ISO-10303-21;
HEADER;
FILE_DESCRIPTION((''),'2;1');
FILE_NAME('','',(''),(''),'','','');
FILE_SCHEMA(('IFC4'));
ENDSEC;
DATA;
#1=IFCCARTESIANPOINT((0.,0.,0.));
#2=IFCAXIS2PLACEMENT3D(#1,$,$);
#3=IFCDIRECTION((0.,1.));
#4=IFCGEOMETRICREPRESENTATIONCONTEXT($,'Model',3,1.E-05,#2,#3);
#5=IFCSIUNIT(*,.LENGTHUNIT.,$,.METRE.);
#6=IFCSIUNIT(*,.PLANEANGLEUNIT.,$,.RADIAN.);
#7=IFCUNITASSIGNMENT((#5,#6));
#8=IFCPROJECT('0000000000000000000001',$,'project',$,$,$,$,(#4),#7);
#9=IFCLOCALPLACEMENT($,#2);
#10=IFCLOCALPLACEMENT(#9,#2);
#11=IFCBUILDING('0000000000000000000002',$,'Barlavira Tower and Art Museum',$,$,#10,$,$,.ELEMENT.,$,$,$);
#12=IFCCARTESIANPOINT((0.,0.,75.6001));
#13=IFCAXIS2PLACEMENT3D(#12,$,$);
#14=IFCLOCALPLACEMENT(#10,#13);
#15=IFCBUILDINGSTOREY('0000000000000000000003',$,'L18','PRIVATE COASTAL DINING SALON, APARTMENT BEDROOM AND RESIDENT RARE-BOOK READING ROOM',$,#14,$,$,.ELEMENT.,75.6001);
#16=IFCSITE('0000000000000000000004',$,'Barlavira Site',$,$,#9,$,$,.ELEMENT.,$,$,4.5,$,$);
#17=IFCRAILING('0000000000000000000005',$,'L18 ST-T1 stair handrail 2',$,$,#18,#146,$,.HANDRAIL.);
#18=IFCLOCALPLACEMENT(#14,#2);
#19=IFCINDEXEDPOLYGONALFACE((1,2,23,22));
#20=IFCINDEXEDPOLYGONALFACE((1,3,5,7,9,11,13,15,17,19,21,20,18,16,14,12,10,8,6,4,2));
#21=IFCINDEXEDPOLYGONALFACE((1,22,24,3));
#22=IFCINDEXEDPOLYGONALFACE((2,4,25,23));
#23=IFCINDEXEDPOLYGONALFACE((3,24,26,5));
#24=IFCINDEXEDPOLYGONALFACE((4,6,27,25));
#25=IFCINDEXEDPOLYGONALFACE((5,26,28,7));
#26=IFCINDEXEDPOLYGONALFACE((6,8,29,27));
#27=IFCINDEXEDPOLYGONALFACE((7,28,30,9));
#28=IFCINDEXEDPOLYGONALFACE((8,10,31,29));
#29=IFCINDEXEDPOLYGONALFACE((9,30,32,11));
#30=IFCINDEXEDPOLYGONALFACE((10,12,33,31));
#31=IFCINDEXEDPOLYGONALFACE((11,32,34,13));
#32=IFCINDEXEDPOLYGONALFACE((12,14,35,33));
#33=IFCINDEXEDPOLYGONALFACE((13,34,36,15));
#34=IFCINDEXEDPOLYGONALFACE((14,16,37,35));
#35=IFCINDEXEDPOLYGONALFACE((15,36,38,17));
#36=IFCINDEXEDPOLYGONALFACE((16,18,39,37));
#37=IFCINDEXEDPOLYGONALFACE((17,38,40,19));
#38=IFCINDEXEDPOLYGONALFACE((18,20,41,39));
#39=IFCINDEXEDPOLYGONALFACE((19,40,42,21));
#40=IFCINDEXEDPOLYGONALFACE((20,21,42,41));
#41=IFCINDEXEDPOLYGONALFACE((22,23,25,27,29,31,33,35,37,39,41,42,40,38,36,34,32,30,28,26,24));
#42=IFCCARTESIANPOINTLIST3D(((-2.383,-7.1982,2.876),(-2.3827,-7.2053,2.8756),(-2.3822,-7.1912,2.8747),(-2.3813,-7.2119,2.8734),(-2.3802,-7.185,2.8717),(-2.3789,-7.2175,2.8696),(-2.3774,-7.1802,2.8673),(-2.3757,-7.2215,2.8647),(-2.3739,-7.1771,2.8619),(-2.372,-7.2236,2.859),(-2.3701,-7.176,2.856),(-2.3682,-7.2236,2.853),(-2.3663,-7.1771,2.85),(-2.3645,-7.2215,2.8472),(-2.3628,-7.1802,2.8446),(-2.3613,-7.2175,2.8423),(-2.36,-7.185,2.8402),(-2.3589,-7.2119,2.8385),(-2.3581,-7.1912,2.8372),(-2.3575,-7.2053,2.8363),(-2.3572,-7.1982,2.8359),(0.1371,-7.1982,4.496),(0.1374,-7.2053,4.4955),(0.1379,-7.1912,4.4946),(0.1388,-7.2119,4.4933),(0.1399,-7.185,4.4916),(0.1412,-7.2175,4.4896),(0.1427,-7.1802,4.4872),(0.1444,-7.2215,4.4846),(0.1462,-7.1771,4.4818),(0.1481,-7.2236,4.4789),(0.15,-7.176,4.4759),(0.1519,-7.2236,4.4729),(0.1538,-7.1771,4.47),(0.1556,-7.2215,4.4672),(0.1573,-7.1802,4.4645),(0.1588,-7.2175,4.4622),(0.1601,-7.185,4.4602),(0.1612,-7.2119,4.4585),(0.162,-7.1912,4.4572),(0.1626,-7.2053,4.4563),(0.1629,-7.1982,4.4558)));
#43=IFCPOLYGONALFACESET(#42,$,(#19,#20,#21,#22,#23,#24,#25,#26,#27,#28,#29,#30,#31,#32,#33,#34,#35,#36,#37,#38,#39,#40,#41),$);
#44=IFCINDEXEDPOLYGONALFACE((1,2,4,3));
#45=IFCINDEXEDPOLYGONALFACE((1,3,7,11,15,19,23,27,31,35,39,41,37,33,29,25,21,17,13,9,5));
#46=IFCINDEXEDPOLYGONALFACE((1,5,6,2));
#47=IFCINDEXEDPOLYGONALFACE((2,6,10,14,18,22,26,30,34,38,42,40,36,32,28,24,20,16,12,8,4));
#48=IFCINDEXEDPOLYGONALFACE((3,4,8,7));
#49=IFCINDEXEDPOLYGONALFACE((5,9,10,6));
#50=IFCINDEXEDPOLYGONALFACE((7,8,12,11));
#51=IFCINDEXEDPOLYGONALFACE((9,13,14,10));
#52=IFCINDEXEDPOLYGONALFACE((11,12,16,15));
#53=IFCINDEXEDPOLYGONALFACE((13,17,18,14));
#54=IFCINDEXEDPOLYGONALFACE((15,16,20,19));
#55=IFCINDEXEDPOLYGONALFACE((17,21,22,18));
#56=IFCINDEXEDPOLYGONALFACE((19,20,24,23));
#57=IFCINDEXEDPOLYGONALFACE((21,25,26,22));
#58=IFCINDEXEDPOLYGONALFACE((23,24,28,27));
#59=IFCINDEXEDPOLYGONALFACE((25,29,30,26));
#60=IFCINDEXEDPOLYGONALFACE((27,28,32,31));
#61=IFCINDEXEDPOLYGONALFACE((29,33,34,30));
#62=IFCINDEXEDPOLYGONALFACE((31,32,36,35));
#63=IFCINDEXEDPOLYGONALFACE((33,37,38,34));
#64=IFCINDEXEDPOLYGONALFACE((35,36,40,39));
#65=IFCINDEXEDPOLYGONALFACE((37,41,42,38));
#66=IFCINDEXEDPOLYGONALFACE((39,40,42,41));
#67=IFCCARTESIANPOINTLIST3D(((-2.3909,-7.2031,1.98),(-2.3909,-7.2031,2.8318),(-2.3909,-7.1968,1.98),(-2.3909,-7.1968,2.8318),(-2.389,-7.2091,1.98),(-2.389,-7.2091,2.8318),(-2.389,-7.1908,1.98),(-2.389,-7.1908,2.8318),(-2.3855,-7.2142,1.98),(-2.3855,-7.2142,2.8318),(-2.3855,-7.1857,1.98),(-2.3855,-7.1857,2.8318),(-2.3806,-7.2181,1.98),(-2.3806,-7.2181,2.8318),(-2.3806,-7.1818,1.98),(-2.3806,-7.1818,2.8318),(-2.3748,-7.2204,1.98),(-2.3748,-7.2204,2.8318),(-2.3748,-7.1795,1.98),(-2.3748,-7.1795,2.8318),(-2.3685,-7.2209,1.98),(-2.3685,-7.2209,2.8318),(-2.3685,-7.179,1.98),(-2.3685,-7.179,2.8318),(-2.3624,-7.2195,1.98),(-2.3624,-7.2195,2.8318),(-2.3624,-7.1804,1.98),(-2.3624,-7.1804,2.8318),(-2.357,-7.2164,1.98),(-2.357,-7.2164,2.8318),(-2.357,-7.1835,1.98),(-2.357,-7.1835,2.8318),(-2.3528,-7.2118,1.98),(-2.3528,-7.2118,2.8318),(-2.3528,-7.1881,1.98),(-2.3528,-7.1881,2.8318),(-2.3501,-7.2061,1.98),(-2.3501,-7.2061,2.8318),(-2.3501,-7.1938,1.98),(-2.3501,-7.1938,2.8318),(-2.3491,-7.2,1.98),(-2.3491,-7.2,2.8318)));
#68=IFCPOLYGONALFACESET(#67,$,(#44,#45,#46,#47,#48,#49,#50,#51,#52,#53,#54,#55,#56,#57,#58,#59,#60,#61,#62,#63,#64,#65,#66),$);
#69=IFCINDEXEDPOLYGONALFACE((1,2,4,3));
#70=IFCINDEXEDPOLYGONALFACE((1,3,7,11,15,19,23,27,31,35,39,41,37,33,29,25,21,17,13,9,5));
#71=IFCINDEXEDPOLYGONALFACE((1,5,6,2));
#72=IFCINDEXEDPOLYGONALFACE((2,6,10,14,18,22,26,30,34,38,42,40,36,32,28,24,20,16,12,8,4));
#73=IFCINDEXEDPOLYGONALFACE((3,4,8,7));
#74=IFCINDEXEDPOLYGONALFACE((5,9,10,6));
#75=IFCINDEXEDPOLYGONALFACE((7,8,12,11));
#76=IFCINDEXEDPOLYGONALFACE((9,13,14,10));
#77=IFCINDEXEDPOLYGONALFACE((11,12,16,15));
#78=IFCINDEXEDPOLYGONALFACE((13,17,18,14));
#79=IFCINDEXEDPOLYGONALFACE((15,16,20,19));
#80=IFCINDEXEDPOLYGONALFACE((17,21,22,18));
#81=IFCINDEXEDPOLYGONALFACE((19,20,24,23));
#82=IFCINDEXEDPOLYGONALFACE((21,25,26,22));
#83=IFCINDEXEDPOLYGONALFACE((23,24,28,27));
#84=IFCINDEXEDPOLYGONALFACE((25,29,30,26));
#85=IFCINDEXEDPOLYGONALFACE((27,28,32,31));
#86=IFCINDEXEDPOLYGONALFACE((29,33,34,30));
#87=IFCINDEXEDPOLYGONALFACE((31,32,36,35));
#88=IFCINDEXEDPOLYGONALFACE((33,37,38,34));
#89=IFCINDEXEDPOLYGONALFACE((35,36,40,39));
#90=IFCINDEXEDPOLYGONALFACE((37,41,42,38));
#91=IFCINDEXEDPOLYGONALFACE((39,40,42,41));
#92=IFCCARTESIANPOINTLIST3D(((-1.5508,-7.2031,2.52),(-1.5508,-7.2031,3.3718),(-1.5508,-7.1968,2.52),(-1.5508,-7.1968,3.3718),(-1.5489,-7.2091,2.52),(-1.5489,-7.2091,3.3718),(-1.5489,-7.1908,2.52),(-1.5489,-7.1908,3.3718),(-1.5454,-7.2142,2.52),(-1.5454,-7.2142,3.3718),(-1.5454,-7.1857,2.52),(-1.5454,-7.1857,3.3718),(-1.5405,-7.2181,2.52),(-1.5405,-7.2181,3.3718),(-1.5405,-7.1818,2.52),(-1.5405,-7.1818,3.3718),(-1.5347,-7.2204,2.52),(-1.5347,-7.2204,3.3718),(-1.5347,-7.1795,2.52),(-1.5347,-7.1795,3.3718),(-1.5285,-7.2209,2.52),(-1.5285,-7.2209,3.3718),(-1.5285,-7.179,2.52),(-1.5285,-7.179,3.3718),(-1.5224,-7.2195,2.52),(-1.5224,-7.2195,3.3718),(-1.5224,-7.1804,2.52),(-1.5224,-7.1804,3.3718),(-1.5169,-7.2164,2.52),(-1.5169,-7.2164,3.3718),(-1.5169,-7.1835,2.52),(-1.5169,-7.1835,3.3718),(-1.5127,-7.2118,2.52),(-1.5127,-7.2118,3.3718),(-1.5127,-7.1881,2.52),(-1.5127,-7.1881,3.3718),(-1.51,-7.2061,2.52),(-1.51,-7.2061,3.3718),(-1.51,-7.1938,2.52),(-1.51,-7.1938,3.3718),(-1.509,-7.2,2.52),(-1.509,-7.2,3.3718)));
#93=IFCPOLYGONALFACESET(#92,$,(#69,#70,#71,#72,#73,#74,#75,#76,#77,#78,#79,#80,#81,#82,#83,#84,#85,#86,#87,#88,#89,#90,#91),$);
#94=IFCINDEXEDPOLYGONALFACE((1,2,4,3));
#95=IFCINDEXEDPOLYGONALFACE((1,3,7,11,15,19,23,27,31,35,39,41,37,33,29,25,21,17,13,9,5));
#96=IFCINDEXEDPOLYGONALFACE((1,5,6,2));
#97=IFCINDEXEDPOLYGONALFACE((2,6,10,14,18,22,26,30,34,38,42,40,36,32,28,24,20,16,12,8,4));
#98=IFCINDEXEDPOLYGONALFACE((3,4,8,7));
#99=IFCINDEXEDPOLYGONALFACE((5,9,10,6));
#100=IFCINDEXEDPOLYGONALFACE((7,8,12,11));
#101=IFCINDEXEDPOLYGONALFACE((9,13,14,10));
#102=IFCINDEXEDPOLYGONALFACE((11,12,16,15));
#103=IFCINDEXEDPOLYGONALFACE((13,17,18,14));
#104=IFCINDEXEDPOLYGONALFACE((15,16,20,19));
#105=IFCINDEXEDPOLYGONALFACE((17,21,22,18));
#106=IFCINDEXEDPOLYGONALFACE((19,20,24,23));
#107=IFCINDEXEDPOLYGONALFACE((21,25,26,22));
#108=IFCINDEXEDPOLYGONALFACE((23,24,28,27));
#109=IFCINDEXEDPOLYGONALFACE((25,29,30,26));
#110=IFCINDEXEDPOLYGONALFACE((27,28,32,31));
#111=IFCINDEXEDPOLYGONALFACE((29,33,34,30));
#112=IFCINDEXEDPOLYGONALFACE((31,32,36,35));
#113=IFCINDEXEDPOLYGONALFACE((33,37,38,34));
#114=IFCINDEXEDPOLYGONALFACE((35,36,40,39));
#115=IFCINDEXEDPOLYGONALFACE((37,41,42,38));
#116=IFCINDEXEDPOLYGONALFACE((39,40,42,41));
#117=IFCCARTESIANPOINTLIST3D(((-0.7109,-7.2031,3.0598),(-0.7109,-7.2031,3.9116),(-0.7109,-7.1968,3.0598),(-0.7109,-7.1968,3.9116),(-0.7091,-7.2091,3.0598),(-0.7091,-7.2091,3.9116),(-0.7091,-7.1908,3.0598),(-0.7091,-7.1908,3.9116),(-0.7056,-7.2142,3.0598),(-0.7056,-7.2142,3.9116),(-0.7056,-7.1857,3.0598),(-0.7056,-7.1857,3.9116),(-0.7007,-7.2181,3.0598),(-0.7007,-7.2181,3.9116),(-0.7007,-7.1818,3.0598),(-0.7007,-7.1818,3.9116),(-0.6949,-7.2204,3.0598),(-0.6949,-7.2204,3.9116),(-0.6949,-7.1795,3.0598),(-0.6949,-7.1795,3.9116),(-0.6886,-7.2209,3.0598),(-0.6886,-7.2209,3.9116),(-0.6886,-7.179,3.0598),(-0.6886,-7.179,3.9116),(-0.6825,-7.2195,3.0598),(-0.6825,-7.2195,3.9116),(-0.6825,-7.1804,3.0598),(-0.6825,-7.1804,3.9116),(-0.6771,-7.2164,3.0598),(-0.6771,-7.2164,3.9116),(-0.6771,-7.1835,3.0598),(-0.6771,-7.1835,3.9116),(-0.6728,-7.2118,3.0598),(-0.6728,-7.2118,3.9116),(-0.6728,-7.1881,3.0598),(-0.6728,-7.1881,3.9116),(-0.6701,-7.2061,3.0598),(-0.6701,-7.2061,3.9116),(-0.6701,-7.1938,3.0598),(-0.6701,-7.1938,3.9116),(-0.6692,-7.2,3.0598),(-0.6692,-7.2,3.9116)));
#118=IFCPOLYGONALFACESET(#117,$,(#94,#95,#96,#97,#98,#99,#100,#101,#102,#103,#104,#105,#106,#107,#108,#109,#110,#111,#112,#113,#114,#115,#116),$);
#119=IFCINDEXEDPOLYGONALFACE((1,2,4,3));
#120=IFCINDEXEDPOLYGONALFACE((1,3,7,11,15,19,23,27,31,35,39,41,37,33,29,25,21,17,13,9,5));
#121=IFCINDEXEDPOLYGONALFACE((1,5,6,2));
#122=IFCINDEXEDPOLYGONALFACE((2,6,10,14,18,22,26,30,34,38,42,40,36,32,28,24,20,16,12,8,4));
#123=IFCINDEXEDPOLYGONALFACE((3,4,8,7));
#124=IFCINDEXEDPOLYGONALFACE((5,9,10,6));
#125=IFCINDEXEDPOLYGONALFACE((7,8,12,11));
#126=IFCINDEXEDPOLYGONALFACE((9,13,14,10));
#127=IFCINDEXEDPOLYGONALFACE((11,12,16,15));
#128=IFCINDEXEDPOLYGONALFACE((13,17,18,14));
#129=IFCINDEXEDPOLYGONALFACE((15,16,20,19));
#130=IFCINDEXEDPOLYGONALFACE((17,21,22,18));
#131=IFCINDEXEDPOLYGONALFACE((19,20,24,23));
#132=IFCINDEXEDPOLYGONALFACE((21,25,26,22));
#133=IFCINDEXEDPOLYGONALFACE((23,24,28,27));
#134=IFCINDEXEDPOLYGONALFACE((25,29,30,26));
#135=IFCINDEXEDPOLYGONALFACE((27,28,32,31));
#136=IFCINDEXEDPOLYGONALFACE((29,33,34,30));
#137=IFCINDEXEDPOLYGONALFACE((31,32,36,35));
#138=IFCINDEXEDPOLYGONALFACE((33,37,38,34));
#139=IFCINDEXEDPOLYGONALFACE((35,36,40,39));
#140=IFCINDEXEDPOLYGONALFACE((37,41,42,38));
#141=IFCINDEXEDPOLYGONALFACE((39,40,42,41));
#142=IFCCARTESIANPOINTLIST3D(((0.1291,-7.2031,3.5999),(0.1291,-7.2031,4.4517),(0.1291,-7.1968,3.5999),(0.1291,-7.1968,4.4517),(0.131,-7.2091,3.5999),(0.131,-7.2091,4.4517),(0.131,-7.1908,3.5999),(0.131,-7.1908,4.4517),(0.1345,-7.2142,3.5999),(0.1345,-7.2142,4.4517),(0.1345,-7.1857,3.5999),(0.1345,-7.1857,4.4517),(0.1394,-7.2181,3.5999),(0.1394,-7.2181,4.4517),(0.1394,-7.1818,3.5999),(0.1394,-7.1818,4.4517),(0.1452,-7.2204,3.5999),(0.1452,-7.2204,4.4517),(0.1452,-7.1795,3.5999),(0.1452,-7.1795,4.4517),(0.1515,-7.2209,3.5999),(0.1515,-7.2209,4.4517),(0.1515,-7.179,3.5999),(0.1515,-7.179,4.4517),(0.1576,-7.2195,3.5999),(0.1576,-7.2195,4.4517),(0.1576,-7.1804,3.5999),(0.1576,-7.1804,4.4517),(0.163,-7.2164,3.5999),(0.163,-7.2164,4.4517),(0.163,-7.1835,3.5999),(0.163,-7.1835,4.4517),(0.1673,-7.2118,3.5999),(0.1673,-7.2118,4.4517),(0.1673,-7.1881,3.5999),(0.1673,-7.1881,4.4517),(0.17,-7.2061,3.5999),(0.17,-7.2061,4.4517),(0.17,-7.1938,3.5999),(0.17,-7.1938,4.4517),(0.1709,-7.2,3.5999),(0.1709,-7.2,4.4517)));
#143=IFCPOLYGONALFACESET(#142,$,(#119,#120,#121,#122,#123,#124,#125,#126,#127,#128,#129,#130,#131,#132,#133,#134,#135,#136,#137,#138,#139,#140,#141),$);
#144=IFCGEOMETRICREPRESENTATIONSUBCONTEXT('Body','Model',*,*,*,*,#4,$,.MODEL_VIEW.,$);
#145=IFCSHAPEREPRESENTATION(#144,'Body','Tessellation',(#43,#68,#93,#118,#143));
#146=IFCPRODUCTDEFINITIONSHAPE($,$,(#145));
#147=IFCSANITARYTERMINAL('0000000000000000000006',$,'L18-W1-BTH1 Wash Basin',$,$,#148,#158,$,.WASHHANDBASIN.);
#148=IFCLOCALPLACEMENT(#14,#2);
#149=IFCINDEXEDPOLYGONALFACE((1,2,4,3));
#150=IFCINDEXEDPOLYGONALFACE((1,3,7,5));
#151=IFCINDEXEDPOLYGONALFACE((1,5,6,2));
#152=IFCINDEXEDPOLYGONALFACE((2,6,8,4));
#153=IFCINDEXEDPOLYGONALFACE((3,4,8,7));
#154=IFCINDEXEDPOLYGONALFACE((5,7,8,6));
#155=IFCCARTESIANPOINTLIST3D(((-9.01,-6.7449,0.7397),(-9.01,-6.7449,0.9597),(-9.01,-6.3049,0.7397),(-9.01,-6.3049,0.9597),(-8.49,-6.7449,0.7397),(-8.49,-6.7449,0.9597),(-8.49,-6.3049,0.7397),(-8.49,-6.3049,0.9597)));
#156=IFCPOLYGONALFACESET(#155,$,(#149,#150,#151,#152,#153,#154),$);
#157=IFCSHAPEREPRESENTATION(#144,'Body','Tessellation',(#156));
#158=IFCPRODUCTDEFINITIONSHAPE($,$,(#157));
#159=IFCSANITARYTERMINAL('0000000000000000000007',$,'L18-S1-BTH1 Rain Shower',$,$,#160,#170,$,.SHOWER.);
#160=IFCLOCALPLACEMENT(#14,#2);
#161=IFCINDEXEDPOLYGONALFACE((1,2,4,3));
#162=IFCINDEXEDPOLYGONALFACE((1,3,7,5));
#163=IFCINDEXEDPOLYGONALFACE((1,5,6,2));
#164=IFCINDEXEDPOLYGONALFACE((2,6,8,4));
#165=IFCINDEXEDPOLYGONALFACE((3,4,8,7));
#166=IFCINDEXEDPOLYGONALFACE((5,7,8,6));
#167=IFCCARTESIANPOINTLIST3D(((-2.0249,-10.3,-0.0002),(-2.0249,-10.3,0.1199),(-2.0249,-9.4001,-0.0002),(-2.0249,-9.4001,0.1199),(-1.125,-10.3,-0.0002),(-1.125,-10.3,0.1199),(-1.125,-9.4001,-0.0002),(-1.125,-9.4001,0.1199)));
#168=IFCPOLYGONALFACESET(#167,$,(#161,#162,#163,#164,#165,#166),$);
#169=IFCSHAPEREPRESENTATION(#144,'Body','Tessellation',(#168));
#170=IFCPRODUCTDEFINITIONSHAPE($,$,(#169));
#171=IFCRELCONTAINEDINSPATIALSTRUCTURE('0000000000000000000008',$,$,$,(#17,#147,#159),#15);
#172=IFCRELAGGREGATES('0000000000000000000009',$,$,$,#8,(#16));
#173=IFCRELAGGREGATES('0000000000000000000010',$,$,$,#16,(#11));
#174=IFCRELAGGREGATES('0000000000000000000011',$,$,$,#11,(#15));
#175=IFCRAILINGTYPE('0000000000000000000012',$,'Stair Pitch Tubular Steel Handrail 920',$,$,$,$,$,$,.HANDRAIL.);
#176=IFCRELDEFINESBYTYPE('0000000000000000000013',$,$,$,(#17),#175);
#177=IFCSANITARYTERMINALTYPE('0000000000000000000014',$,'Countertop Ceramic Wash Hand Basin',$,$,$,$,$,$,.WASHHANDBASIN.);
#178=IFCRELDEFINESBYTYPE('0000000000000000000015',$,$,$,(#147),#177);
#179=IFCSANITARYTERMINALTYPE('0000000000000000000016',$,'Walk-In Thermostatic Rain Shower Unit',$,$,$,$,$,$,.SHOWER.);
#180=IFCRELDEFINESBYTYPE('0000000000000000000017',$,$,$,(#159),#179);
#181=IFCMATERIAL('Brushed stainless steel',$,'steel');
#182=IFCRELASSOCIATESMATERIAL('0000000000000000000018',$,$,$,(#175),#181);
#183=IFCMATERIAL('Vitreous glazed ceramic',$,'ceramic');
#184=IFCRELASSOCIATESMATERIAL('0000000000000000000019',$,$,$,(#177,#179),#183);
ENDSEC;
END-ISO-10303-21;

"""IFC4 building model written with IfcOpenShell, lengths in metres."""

from ifc_helpers import new_model, si_unit, direction, frame, origin, origin_2d, place, context, subcontext, project, spatial, rectangle, circle, extrude, material, type_object, element, save


model = new_model("IFC4")

# Units and contexts
model_context = context("Model", 3, precision=1e-05, world=origin(), true_north=direction((0.0, 1.0)))
body_context = subcontext(model_context, "Body", "Model", "MODEL_VIEW")
ifc_project = project(units=[si_unit("LENGTHUNIT", "METRE"), si_unit("PLANEANGLEUNIT", "RADIAN")], contexts=[model_context])

# Site, building, storey
site_placement = place(None, origin())
site = spatial("IfcSite", under=ifc_project, at=site_placement, Name="Barlavira Site", CompositionType="ELEMENT", RefElevation=4.5)
building_placement = place(site_placement, origin())
building = spatial("IfcBuilding", under=site, at=building_placement, Name="Barlavira Tower and Art Museum", CompositionType="ELEMENT")
storey_placement = place(building_placement, frame((0.0, 0.0, 75.6001)))
storey = spatial("IfcBuildingStorey", under=building, at=storey_placement, Name="L18", Description="PRIVATE COASTAL DINING SALON, APARTMENT BEDROOM AND RESIDENT RARE-BOOK READING ROOM", CompositionType="ELEMENT", Elevation=75.6001)

# Shared definitions
ifc_material_1 = material(Name="Brushed stainless steel", Category="steel")

# Railing
railing_type_1 = type_object("IfcRailingType", Name="Stair Pitch Tubular Steel Handrail 920", PredefinedType="HANDRAIL", material=ifc_material_1)
railing_1_placement = place(storey_placement, frame((-2.3701, -7.2, 1.98)))
element("IfcRailing", 1, at=railing_1_placement, inside=storey, type_object=railing_type_1, Name="L18 ST-T1 stair handrail 2", PredefinedType="HANDRAIL", context=body_context, shape_type="SweptSolid", body=[
    extrude(circle(Radius=0.0239, at=origin_2d()), frame((0.0, 0.0, 0.876), z_axis=(0.8412, 0.0, 0.540725), x_axis=(0.0, 1.0, 0.0)), (0.0, 0.0, 1.0), 2.9958),
    extrude(circle(Radius=0.021, at=origin_2d()), origin(), (0.0, 0.0, 1.0), 0.8518),
    extrude(circle(Radius=0.021, at=origin_2d()), frame((0.8401, 0.0, 0.54)), (0.0, 0.0, 1.0), 0.8518),
    extrude(circle(Radius=0.021, at=origin_2d()), frame((1.6799, 0.0, 1.0798)), (0.0, 0.0, 1.0), 0.8518),
    extrude(circle(Radius=0.021, at=origin_2d()), frame((2.52, 0.0, 1.6199)), (0.0, 0.0, 1.0), 0.8518),
])

# Sanitary terminals
ifc_material_2 = material(Name="Vitreous glazed ceramic", Category="ceramic")
sanitary_terminal_type_1 = type_object("IfcSanitaryTerminalType", Name="Countertop Ceramic Wash Hand Basin", PredefinedType="WASHHANDBASIN", material=ifc_material_2)
sanitary_terminal_1_placement = place(storey_placement, frame((-8.75, -6.5249, 0.7397), z_axis=(0.0, 0.0, 1.0), x_axis=(1.0, 0.0, 0.0)))
element("IfcSanitaryTerminal", 2, at=sanitary_terminal_1_placement, inside=storey, type_object=sanitary_terminal_type_1, Name="L18-W1-BTH1 Wash Basin", PredefinedType="WASHHANDBASIN", context=body_context, shape_type="SweptSolid", body=[
    extrude(rectangle(XDim=0.52, YDim=0.4399, at=origin_2d()), origin(), (0.0, 0.0, 1.0), 0.22),
])
sanitary_terminal_type_2 = type_object("IfcSanitaryTerminalType", Name="Walk-In Thermostatic Rain Shower Unit", PredefinedType="SHOWER", material=ifc_material_2)
sanitary_terminal_2_placement = place(storey_placement, frame((-1.575, -9.8501, -0.0002), z_axis=(0.0, 0.0, 1.0), x_axis=(1.0, 0.0, 0.0)))
element("IfcSanitaryTerminal", 3, at=sanitary_terminal_2_placement, inside=storey, type_object=sanitary_terminal_type_2, Name="L18-S1-BTH1 Rain Shower", PredefinedType="SHOWER", context=body_context, shape_type="SweptSolid", body=[
    extrude(rectangle(XDim=0.8999, YDim=0.8999, at=origin_2d()), origin(), (0.0, 0.0, 1.0), 0.1201),
])

save(model, "model.ifc")
